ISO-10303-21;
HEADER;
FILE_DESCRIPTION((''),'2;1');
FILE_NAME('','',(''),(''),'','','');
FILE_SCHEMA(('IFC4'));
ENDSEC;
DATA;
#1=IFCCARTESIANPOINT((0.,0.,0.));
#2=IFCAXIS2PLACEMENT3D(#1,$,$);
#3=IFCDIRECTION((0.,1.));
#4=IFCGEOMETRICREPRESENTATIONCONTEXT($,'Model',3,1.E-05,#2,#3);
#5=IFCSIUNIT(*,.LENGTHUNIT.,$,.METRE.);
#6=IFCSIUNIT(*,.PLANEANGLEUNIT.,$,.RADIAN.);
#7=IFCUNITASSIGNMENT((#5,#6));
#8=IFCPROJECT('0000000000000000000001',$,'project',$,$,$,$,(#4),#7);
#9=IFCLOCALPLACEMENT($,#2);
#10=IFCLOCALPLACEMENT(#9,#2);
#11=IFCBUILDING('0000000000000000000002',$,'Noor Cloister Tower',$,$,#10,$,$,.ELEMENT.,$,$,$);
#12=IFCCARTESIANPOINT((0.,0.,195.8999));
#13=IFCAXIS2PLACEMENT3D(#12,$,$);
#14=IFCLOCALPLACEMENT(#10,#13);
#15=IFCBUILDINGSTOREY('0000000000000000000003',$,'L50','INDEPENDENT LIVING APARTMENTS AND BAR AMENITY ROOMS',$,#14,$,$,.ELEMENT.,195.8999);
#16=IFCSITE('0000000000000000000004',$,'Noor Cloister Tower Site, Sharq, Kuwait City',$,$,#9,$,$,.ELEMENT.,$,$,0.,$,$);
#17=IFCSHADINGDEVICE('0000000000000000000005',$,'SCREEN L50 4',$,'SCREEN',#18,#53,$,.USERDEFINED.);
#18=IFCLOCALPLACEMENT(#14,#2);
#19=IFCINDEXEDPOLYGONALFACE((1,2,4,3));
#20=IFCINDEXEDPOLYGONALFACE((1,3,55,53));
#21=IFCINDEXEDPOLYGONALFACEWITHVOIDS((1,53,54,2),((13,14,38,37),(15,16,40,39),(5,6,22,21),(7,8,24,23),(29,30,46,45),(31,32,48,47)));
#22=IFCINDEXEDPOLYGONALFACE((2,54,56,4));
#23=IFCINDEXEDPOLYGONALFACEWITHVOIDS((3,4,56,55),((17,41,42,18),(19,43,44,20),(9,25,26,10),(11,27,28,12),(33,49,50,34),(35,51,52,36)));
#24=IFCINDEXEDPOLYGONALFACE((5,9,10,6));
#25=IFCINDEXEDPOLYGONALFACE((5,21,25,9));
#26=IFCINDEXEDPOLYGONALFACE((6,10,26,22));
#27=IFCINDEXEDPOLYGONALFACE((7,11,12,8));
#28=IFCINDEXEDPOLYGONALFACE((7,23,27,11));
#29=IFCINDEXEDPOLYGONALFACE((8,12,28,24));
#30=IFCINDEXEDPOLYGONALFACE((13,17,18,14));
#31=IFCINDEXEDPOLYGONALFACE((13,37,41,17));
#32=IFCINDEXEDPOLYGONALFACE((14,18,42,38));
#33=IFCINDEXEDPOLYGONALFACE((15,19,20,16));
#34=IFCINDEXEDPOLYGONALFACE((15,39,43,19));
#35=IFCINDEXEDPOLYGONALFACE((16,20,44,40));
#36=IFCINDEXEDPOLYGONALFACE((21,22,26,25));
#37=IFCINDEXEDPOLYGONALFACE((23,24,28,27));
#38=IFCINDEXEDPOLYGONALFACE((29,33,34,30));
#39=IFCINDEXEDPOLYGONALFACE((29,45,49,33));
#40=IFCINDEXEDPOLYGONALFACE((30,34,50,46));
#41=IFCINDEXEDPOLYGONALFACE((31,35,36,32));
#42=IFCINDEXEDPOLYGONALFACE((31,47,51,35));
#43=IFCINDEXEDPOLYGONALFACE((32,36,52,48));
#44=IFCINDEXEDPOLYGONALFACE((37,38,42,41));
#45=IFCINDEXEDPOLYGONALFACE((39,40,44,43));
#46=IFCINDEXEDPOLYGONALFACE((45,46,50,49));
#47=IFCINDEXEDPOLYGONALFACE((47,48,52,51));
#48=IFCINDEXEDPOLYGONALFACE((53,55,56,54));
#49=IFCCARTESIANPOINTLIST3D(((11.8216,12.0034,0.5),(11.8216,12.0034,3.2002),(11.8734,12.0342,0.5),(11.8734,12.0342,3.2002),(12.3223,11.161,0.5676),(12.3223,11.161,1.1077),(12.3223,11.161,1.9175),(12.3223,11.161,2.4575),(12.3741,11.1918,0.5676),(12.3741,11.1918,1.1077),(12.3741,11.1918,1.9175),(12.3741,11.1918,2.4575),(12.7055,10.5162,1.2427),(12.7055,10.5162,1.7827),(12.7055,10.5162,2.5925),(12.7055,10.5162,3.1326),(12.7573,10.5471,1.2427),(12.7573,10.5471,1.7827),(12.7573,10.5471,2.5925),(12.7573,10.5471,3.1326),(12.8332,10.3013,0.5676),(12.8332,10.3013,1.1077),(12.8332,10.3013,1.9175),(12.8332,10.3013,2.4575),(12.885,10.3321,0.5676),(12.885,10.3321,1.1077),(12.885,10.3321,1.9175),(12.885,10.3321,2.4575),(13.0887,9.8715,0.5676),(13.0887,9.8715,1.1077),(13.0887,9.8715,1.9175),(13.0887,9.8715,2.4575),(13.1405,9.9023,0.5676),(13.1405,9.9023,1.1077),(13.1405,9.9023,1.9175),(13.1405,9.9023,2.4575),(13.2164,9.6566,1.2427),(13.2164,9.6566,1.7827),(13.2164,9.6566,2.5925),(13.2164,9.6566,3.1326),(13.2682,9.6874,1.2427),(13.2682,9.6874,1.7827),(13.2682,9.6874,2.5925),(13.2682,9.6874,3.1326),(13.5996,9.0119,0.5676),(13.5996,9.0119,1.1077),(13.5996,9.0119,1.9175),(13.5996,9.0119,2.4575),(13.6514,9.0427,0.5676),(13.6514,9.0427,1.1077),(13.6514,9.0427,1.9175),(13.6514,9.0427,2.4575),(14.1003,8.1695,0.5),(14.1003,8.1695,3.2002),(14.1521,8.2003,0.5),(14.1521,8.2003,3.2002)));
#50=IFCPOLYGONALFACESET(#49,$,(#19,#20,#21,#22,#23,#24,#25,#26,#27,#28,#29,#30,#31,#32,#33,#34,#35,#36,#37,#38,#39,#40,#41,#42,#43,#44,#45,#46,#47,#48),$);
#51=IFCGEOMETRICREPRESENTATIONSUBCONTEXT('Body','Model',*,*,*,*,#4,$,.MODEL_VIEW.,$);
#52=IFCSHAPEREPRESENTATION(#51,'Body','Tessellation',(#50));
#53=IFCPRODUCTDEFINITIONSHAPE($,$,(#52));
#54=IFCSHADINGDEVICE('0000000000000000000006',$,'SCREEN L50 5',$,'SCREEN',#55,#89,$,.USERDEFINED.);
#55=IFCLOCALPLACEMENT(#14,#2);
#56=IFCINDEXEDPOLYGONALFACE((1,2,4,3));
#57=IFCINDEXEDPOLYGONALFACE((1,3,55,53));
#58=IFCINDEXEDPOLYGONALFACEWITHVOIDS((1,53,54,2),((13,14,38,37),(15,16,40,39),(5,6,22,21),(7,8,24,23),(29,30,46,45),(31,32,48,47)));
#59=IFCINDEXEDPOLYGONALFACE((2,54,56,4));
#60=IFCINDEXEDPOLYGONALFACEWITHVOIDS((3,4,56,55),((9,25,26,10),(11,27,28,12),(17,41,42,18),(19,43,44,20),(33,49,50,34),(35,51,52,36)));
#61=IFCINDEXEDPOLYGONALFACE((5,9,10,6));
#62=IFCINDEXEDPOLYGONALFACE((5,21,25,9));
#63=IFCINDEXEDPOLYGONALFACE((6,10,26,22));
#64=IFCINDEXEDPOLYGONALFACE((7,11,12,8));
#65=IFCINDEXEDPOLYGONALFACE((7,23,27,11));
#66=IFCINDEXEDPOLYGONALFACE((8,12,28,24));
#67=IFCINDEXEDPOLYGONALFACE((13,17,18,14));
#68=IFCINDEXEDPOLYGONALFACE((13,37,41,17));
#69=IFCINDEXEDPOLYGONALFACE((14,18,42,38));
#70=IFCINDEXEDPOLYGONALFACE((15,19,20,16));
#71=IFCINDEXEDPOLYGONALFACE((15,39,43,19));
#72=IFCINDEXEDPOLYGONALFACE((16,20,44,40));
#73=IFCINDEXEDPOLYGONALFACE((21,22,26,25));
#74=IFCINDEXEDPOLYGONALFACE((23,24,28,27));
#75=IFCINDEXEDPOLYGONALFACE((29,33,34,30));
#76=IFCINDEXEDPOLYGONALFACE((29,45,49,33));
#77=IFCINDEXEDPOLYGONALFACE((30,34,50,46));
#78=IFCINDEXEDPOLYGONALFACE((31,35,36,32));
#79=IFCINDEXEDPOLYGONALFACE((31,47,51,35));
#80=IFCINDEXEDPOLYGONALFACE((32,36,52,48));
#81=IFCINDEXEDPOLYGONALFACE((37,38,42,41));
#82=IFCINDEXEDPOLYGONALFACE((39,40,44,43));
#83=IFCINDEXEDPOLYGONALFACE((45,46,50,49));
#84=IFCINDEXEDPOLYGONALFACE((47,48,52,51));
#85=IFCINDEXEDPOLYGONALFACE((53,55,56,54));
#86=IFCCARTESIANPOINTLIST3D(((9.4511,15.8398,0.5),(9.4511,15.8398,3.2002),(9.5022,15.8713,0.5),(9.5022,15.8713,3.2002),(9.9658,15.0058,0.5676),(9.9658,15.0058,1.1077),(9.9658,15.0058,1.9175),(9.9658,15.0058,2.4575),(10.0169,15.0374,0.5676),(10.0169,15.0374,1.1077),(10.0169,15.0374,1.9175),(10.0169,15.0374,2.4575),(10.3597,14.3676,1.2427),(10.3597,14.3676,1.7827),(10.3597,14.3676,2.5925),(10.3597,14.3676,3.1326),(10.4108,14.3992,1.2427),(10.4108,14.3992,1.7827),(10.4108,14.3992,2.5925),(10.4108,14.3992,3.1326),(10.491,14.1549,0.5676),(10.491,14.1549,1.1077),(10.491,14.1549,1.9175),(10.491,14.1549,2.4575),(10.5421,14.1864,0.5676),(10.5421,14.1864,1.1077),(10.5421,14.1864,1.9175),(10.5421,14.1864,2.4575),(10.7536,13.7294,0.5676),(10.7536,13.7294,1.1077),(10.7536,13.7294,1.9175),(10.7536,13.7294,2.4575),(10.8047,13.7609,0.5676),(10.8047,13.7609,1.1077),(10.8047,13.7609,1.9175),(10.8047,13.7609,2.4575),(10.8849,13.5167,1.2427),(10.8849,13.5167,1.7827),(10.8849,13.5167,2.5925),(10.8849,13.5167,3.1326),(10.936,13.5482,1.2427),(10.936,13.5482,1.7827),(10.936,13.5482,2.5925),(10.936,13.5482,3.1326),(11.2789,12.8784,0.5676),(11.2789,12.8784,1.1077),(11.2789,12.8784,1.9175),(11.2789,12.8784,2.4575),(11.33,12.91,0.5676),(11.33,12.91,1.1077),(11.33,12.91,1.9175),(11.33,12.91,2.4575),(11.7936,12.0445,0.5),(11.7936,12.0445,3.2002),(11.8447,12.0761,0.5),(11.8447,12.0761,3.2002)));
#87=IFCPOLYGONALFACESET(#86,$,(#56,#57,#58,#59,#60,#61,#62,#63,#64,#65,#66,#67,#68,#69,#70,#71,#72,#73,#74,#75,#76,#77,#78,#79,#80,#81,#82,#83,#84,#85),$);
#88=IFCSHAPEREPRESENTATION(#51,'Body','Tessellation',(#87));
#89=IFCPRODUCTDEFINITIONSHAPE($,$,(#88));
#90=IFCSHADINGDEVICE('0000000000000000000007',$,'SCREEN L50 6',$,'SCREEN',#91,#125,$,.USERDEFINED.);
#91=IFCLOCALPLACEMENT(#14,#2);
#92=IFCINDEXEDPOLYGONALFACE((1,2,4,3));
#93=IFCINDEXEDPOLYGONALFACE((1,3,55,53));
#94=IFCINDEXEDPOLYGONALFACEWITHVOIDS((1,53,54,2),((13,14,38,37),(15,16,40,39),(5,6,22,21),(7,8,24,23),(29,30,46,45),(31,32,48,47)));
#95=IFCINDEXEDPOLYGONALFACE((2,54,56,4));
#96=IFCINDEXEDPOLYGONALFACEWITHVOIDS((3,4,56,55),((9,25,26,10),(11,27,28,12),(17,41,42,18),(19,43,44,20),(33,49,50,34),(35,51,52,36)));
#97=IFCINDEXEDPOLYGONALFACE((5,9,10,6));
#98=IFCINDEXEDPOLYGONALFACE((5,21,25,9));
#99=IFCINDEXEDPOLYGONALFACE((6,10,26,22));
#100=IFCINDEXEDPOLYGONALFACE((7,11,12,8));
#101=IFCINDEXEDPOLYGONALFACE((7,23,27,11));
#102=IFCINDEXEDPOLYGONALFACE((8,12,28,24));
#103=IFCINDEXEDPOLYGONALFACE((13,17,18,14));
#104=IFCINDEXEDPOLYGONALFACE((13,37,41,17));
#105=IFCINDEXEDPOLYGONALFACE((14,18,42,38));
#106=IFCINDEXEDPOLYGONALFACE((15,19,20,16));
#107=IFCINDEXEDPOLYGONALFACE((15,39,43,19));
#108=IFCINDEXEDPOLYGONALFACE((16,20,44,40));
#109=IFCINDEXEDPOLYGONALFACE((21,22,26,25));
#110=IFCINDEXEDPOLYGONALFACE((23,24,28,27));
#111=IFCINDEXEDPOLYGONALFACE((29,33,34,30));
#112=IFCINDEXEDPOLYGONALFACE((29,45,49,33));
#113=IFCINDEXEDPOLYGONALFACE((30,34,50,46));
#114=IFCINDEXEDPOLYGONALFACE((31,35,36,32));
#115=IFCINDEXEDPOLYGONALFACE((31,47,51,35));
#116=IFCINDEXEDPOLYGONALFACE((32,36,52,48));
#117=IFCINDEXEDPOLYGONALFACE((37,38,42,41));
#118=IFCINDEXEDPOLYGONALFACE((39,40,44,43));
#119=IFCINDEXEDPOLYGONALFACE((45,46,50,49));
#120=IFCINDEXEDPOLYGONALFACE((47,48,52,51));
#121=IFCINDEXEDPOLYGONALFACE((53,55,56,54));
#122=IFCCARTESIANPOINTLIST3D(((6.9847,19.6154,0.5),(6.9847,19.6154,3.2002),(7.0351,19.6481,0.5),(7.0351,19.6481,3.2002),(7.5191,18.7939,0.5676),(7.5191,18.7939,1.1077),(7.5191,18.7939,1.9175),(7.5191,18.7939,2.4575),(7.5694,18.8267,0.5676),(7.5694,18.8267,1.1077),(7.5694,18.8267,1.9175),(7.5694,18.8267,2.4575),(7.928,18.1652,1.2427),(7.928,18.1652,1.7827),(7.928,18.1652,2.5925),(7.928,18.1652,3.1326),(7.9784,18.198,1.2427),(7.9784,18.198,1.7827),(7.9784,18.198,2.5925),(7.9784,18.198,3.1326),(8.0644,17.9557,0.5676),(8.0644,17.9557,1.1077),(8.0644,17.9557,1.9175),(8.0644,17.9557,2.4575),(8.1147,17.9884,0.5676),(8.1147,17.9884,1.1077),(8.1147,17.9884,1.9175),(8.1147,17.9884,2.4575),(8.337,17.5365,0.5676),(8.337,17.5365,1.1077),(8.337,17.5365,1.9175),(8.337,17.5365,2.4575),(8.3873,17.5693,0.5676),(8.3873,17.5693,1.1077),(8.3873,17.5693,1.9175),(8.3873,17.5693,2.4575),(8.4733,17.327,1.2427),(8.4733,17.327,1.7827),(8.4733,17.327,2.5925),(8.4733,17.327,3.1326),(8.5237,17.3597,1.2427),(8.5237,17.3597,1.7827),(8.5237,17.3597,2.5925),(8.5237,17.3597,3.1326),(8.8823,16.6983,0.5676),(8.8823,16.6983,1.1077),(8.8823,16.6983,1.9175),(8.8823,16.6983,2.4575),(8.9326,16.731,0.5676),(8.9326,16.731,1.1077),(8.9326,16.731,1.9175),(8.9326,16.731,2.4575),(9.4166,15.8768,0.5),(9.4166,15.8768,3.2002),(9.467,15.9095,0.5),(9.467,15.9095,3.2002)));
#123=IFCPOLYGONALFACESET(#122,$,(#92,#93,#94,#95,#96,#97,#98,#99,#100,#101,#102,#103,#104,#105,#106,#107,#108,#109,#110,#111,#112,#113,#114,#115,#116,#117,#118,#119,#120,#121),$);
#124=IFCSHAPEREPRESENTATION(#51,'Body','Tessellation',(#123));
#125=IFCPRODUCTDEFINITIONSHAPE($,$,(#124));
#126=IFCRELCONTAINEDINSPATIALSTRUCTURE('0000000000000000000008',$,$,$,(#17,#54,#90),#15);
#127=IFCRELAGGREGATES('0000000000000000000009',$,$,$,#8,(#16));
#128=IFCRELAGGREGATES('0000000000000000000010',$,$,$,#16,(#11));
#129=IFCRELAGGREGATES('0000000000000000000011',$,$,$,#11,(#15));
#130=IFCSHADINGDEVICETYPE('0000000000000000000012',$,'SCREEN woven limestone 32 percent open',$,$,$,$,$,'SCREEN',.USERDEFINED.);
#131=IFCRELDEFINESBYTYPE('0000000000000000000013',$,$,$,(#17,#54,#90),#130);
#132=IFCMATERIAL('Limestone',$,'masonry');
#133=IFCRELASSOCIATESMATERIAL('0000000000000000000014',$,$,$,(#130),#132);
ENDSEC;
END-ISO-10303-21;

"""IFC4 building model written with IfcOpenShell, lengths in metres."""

from ifc_helpers import new_model, si_unit, direction, frame, origin, place, context, subcontext, project, spatial, polyline, outline, extrude, material, material_profile, profile_set, type_object, element, save


model = new_model("IFC4")

# Units and contexts
model_context = context("Model", 3, precision=1e-05, world=origin(), true_north=direction((0.0, 1.0)))
body_context = subcontext(model_context, "Body", "Model", "MODEL_VIEW")
ifc_project = project(units=[si_unit("LENGTHUNIT", "METRE"), si_unit("PLANEANGLEUNIT", "RADIAN")], contexts=[model_context])

# Site, building, storey
site_placement = place(None, origin())
site = spatial("IfcSite", under=ifc_project, at=site_placement, Name="Noor Cloister Tower Site, Sharq, Kuwait City", CompositionType="ELEMENT", RefElevation=0.0)
building_placement = place(site_placement, origin())
building = spatial("IfcBuilding", under=site, at=building_placement, Name="Noor Cloister Tower", CompositionType="ELEMENT")
storey_placement = place(building_placement, frame((0.0, 0.0, 195.8999)))
storey = spatial("IfcBuildingStorey", under=building, at=storey_placement, Name="L50", Description="INDEPENDENT LIVING APARTMENTS AND BAR AMENITY ROOMS", CompositionType="ELEMENT", Elevation=195.8999)

# Shading devices
ifc_material_1 = material(Name="Limestone", Category="masonry")
ifc_material_profile_1 = material_profile(ifc_material_1, outline(polyline([(-2.23, -1.3501), (2.23, -1.3501), (2.23, 1.3501), (-2.23, 1.3501), (-2.23, -1.3501)]), holes=[polyline([(-1.25, -1.2825), (-0.25, -1.2825), (-0.25, -0.7424), (-1.25, -0.7424), (-1.25, -1.2825)]), polyline([(0.25, -1.2825), (1.25, -1.2825), (1.25, -0.7424), (0.25, -0.7424), (0.25, -1.2825)]), polyline([(-0.5, -0.6074), (0.5, -0.6074), (0.5, -0.0674), (-0.5, -0.0674), (-0.5, -0.6074)]), polyline([(-1.25, 0.0674), (-0.25, 0.0674), (-0.25, 0.6074), (-1.25, 0.6074), (-1.25, 0.0674)]), polyline([(0.25, 0.0674), (1.25, 0.0674), (1.25, 0.6074), (0.25, 0.6074), (0.25, 0.0674)]), polyline([(-0.5, 0.7424), (0.5, 0.7424), (0.5, 1.2825), (-0.5, 1.2825), (-0.5, 0.7424)])]), Name="Woven screen 32 percent open")
ifc_profile_set_1 = profile_set([ifc_material_profile_1], Name="Limestone")
shading_device_type = type_object("IfcShadingDeviceType", Name="SCREEN woven limestone 32 percent open", ElementType="SCREEN", PredefinedType="USERDEFINED", material=ifc_profile_set_1)
shading_device_placement = place(storey_placement, frame((12.9609, 10.0864, 1.8501), z_axis=(0.859632, 0.510913, 0.0), x_axis=(-0.510913, 0.859632, 0.0)))
element("IfcShadingDevice", 1, at=shading_device_placement, inside=storey, type_object=shading_device_type, Name="SCREEN L50 4", ObjectType="SCREEN", PredefinedType="USERDEFINED", context=body_context, shape_type="SweptSolid", body=[
    extrude(outline(polyline([(-2.23, -1.3501), (2.23, -1.3501), (2.23, 1.3501), (-2.23, 1.3501), (-2.23, -1.3501)]), holes=[polyline([(-1.25, -1.2825), (-0.25, -1.2825), (-0.25, -0.7424), (-1.25, -0.7424), (-1.25, -1.2825)]), polyline([(0.25, -1.2825), (1.25, -1.2825), (1.25, -0.7424), (0.25, -0.7424), (0.25, -1.2825)]), polyline([(-0.5, -0.6074), (0.5, -0.6074), (0.5, -0.0674), (-0.5, -0.0674), (-0.5, -0.6074)]), polyline([(-1.25, 0.0674), (-0.25, 0.0674), (-0.25, 0.6074), (-1.25, 0.6074), (-1.25, 0.0674)]), polyline([(0.25, 0.0674), (1.25, 0.0674), (1.25, 0.6074), (0.25, 0.6074), (0.25, 0.0674)]), polyline([(-0.5, 0.7424), (0.5, 0.7424), (0.5, 1.2825), (-0.5, 1.2825), (-0.5, 0.7424)])]), origin(), (0.0, 0.0, 1.0), 0.0603),
])
for number, where, z_axis, x_axis, name in (
    (2, (10.6223, 13.9421, 1.8501), (0.850959, 0.525233, 0.0), (-0.525233, 0.850959, 0.0), "SCREEN L50 5"),
    (3, (8.2007, 17.7461, 1.8501), (0.838258, 0.545274, 0.0), (-0.545274, 0.838258, 0.0), "SCREEN L50 6"),
):
    element("IfcShadingDevice", number, at=place(storey_placement, frame(where, z_axis=z_axis, x_axis=x_axis)), inside=storey, type_object=shading_device_type, Name=name, ObjectType="SCREEN", PredefinedType="USERDEFINED", context=body_context, shape_type="SweptSolid", body=[
        extrude(outline(polyline([(-2.23, -1.3501), (2.23, -1.3501), (2.23, 1.3501), (-2.23, 1.3501), (-2.23, -1.3501)]), holes=[polyline([(-1.25, -1.2825), (-0.25, -1.2825), (-0.25, -0.7424), (-1.25, -0.7424), (-1.25, -1.2825)]), polyline([(0.25, -1.2825), (1.25, -1.2825), (1.25, -0.7424), (0.25, -0.7424), (0.25, -1.2825)]), polyline([(-0.5, -0.6074), (0.5, -0.6074), (0.5, -0.0674), (-0.5, -0.0674), (-0.5, -0.6074)]), polyline([(-1.25, 0.0674), (-0.25, 0.0674), (-0.25, 0.6074), (-1.25, 0.6074), (-1.25, 0.0674)]), polyline([(0.25, 0.0674), (1.25, 0.0674), (1.25, 0.6074), (0.25, 0.6074), (0.25, 0.0674)]), polyline([(-0.5, 0.7424), (0.5, 0.7424), (0.5, 1.2825), (-0.5, 1.2825), (-0.5, 0.7424)])]), origin(), (0.0, 0.0, 1.0), 0.0601),
    ])

save(model, "model.ifc")
